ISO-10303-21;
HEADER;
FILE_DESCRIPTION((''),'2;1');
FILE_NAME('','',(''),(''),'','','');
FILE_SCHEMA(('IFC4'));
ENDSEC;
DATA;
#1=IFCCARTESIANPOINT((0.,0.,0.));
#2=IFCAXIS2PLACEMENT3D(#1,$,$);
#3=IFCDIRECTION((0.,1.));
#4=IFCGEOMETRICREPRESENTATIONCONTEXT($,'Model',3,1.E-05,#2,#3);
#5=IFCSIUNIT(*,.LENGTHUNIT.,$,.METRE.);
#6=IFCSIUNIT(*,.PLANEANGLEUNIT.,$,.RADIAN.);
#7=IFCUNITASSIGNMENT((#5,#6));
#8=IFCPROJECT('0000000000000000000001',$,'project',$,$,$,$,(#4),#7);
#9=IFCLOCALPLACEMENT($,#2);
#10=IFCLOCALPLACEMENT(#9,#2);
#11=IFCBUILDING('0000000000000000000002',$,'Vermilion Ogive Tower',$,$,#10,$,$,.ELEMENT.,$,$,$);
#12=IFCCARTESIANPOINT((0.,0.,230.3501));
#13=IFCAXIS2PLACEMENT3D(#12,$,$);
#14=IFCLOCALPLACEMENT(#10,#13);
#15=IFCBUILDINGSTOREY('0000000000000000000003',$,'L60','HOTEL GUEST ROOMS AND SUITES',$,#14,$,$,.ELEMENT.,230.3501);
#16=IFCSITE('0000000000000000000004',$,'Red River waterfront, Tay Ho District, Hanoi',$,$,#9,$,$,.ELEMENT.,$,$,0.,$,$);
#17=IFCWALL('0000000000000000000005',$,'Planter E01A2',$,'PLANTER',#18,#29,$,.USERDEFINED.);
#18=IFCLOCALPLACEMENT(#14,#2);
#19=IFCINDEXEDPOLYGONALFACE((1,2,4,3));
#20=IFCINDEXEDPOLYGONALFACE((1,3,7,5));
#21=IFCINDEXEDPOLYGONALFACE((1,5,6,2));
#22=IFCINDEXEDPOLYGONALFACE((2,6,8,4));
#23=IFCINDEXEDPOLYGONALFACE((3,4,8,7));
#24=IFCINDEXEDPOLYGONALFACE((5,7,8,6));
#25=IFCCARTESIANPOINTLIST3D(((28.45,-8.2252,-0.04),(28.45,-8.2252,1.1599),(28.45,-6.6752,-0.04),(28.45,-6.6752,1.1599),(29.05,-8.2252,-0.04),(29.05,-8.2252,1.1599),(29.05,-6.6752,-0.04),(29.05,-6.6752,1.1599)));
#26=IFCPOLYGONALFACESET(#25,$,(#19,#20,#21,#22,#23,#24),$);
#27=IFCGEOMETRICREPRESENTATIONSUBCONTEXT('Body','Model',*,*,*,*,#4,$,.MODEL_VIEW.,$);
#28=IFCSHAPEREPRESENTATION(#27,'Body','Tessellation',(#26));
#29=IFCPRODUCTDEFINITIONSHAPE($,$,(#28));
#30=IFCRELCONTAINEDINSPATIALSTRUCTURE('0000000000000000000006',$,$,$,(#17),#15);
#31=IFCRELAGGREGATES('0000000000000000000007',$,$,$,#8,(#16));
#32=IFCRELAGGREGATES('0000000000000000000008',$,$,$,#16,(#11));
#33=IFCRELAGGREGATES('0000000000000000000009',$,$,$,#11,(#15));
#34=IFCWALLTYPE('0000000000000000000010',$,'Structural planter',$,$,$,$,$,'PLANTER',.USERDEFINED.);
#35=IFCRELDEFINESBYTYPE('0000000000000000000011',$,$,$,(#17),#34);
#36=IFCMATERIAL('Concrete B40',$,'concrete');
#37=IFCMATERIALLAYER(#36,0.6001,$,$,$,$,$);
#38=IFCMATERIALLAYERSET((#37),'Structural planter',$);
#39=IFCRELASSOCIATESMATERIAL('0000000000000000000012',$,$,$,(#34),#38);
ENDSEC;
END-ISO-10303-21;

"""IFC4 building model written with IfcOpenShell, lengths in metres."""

from ifc_helpers import new_model, si_unit, direction, frame, frame_2d, origin, place, context, subcontext, project, spatial, rectangle, extrude, material, layer, layer_set, type_object, element, save


model = new_model("IFC4")

# Units and contexts
model_context = context("Model", 3, precision=1e-05, world=origin(), true_north=direction((0.0, 1.0)))
body_context = subcontext(model_context, "Body", "Model", "MODEL_VIEW")
ifc_project = project(units=[si_unit("LENGTHUNIT", "METRE"), si_unit("PLANEANGLEUNIT", "RADIAN")], contexts=[model_context])

# Site, building, storey
site_placement = place(None, origin())
site = spatial("IfcSite", under=ifc_project, at=site_placement, Name="Red River waterfront, Tay Ho District, Hanoi", CompositionType="ELEMENT", RefElevation=0.0)
building_placement = place(site_placement, origin())
building = spatial("IfcBuilding", under=site, at=building_placement, Name="Vermilion Ogive Tower", CompositionType="ELEMENT")
storey_placement = place(building_placement, frame((0.0, 0.0, 230.3501)))
storey = spatial("IfcBuildingStorey", under=building, at=storey_placement, Name="L60", Description="HOTEL GUEST ROOMS AND SUITES", CompositionType="ELEMENT", Elevation=230.3501)

# Wall
ifc_material_1 = material(Name="Concrete B40", Category="concrete")
ifc_layer_1 = layer(ifc_material_1, 0.6001)
ifc_layer_set_1 = layer_set([ifc_layer_1], Name="Structural planter")
wall_type_1 = type_object("IfcWallType", Name="Structural planter", ElementType="PLANTER", PredefinedType="USERDEFINED", material=ifc_layer_set_1)
wall_1_placement = place(storey_placement, frame((28.75, -8.2251, -0.04), z_axis=(0.0, 0.0, 1.0), x_axis=(0.0, 1.0, 0.0)))
element("IfcWall", 1, at=wall_1_placement, inside=storey, type_object=wall_type_1, Name="Planter E01A2", ObjectType="PLANTER", PredefinedType="USERDEFINED", context=body_context, shape_type="SweptSolid", body=[
    extrude(rectangle(XDim=1.55, YDim=0.6001, at=frame_2d((0.7749, 0.0))), origin(), (0.0, 0.0, 1.0), 1.2),
])

save(model, "model.ifc")
